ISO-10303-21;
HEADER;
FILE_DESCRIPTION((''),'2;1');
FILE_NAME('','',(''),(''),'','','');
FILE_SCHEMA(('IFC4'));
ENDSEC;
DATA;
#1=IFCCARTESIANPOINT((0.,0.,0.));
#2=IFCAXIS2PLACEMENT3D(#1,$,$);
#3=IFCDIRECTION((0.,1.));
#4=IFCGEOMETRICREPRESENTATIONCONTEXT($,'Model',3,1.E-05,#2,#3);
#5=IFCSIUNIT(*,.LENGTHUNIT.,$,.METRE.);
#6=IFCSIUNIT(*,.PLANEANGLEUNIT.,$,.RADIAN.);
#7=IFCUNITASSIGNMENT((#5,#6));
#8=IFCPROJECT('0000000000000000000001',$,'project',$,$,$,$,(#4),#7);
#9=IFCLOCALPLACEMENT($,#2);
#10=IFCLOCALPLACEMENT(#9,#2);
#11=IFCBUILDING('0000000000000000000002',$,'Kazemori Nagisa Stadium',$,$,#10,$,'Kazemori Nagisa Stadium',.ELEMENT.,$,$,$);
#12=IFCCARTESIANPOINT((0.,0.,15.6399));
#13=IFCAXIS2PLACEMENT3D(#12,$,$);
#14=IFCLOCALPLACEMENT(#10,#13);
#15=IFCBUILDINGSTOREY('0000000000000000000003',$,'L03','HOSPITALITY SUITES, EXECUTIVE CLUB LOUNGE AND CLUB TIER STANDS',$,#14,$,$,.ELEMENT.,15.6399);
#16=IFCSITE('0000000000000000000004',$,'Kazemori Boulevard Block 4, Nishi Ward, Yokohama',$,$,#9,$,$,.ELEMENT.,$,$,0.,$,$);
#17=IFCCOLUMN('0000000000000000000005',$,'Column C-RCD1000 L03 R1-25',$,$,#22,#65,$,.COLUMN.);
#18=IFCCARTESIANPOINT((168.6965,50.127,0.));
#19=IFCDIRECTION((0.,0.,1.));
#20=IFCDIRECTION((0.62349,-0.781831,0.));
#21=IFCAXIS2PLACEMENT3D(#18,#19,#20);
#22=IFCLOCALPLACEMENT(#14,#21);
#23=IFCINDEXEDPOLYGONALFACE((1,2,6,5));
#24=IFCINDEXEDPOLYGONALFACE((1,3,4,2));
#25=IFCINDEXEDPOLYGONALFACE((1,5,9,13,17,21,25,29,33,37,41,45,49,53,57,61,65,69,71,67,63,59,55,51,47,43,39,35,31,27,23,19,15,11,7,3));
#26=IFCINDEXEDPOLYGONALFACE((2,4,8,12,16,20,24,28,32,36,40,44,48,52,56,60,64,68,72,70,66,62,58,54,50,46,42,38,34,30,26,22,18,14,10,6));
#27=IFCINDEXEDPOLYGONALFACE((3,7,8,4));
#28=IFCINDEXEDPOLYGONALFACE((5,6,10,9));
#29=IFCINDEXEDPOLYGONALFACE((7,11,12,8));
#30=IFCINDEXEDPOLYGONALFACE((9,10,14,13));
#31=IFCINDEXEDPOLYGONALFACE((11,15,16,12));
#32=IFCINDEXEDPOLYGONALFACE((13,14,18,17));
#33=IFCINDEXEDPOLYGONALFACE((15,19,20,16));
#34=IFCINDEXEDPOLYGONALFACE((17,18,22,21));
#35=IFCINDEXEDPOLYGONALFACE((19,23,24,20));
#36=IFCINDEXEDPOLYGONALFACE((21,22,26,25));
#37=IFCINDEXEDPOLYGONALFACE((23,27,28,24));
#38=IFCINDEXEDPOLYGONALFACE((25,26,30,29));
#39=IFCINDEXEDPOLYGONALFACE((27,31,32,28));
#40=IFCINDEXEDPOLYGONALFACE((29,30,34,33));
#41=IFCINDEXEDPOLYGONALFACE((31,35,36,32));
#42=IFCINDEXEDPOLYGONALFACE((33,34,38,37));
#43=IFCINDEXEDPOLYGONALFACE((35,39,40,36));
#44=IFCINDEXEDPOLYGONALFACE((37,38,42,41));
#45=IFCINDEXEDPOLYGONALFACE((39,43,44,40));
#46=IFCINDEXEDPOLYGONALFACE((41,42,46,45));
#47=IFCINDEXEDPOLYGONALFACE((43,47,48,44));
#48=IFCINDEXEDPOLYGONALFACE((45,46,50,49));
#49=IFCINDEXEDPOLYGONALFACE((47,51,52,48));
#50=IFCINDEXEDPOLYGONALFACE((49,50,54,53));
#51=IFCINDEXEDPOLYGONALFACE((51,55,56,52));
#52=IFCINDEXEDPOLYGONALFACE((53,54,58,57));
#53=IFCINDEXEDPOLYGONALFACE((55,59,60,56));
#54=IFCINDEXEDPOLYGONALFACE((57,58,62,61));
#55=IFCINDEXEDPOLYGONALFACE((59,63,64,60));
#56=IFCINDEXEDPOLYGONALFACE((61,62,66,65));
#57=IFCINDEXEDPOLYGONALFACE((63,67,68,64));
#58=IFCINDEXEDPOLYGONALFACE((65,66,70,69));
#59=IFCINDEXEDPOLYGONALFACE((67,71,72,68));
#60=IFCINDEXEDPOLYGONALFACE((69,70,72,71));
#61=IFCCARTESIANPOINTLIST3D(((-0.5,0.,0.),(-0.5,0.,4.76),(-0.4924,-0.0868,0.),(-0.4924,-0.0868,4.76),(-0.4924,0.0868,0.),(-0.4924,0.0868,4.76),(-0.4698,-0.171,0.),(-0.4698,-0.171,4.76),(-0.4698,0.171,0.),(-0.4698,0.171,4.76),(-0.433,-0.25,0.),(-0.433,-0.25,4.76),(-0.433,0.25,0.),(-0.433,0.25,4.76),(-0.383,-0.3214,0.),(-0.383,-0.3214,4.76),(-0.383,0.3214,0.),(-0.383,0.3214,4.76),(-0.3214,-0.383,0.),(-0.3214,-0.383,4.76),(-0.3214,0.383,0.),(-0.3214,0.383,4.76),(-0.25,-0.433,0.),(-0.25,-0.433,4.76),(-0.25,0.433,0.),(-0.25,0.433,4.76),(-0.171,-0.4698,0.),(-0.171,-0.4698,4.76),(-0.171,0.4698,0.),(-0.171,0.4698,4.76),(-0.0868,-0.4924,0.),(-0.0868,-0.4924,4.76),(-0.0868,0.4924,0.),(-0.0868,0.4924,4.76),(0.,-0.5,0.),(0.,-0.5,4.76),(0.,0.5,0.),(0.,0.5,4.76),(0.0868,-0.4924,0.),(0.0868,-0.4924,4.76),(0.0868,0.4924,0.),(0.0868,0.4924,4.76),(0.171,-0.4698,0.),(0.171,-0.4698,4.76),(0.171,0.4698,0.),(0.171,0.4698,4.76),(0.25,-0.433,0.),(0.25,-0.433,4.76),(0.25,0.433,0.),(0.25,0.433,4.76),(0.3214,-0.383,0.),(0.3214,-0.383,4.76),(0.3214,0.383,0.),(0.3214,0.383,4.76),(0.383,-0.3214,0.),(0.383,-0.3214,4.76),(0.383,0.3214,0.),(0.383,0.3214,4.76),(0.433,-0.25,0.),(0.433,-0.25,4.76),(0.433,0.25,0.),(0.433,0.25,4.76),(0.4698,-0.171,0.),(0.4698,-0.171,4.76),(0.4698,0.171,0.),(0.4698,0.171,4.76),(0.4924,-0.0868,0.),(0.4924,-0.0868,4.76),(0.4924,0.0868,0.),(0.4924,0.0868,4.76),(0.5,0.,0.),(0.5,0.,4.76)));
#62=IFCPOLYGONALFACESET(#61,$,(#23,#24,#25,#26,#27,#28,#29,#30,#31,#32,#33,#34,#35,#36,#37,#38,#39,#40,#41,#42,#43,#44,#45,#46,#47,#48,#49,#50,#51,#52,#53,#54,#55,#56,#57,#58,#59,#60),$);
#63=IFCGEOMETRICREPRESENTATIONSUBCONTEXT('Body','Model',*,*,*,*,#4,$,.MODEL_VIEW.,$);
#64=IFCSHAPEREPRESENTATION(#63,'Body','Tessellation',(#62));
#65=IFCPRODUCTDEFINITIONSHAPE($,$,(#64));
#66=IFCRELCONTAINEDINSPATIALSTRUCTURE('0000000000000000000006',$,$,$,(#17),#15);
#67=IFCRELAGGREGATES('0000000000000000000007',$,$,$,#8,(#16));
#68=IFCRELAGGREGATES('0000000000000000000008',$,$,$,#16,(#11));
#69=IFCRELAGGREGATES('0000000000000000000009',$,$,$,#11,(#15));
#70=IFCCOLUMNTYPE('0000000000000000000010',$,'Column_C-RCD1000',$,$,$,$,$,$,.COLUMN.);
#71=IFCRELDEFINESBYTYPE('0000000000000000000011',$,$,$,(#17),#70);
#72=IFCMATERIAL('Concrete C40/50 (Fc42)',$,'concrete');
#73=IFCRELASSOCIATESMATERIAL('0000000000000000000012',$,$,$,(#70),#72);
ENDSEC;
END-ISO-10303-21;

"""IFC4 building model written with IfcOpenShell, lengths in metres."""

from ifc_helpers import new_model, si_unit, direction, frame, origin, origin_2d, place, context, subcontext, project, spatial, circle, extrude, material, material_profile, profile_set, type_object, element, save


model = new_model("IFC4")

# Units and contexts
model_context = context("Model", 3, precision=1e-05, world=origin(), true_north=direction((0.0, 1.0)))
body_context = subcontext(model_context, "Body", "Model", "MODEL_VIEW")
ifc_project = project(units=[si_unit("LENGTHUNIT", "METRE"), si_unit("PLANEANGLEUNIT", "RADIAN")], contexts=[model_context])

# Site, building, storey
site_placement = place(None, origin())
site = spatial("IfcSite", under=ifc_project, at=site_placement, Name="Kazemori Boulevard Block 4, Nishi Ward, Yokohama", CompositionType="ELEMENT", RefElevation=0.0)
building_placement = place(site_placement, origin())
building = spatial("IfcBuilding", under=site, at=building_placement, Name="Kazemori Nagisa Stadium", LongName="Kazemori Nagisa Stadium", CompositionType="ELEMENT")
storey_placement = place(building_placement, frame((0.0, 0.0, 15.6399)))
storey = spatial("IfcBuildingStorey", under=building, at=storey_placement, Name="L03", Description="HOSPITALITY SUITES, EXECUTIVE CLUB LOUNGE AND CLUB TIER STANDS", CompositionType="ELEMENT", Elevation=15.6399)

# Column
ifc_material_1 = material(Name="Concrete C40/50 (Fc42)", Category="concrete")
ifc_material_profile_1 = material_profile(ifc_material_1, circle(Radius=0.5, at=origin_2d()), Name="RC-COL-D1000")
ifc_profile_set_1 = profile_set([ifc_material_profile_1], Name="Concrete C40/50 (Fc42)")
column_type_1 = type_object("IfcColumnType", Name="Column_C-RCD1000", PredefinedType="COLUMN", material=ifc_profile_set_1)
column_1_placement = place(storey_placement, frame((168.6965, 50.127, 0.0), z_axis=(0.0, 0.0, 1.0), x_axis=(0.62349, -0.781831, 0.0)))
element("IfcColumn", 1, at=column_1_placement, inside=storey, type_object=column_type_1, Name="Column C-RCD1000 L03 R1-25", PredefinedType="COLUMN", context=body_context, shape_type="SweptSolid", body=[
    extrude(circle(Radius=0.5, at=origin_2d()), origin(), (0.0, 0.0, 1.0), 4.76),
])

save(model, "model.ifc")
